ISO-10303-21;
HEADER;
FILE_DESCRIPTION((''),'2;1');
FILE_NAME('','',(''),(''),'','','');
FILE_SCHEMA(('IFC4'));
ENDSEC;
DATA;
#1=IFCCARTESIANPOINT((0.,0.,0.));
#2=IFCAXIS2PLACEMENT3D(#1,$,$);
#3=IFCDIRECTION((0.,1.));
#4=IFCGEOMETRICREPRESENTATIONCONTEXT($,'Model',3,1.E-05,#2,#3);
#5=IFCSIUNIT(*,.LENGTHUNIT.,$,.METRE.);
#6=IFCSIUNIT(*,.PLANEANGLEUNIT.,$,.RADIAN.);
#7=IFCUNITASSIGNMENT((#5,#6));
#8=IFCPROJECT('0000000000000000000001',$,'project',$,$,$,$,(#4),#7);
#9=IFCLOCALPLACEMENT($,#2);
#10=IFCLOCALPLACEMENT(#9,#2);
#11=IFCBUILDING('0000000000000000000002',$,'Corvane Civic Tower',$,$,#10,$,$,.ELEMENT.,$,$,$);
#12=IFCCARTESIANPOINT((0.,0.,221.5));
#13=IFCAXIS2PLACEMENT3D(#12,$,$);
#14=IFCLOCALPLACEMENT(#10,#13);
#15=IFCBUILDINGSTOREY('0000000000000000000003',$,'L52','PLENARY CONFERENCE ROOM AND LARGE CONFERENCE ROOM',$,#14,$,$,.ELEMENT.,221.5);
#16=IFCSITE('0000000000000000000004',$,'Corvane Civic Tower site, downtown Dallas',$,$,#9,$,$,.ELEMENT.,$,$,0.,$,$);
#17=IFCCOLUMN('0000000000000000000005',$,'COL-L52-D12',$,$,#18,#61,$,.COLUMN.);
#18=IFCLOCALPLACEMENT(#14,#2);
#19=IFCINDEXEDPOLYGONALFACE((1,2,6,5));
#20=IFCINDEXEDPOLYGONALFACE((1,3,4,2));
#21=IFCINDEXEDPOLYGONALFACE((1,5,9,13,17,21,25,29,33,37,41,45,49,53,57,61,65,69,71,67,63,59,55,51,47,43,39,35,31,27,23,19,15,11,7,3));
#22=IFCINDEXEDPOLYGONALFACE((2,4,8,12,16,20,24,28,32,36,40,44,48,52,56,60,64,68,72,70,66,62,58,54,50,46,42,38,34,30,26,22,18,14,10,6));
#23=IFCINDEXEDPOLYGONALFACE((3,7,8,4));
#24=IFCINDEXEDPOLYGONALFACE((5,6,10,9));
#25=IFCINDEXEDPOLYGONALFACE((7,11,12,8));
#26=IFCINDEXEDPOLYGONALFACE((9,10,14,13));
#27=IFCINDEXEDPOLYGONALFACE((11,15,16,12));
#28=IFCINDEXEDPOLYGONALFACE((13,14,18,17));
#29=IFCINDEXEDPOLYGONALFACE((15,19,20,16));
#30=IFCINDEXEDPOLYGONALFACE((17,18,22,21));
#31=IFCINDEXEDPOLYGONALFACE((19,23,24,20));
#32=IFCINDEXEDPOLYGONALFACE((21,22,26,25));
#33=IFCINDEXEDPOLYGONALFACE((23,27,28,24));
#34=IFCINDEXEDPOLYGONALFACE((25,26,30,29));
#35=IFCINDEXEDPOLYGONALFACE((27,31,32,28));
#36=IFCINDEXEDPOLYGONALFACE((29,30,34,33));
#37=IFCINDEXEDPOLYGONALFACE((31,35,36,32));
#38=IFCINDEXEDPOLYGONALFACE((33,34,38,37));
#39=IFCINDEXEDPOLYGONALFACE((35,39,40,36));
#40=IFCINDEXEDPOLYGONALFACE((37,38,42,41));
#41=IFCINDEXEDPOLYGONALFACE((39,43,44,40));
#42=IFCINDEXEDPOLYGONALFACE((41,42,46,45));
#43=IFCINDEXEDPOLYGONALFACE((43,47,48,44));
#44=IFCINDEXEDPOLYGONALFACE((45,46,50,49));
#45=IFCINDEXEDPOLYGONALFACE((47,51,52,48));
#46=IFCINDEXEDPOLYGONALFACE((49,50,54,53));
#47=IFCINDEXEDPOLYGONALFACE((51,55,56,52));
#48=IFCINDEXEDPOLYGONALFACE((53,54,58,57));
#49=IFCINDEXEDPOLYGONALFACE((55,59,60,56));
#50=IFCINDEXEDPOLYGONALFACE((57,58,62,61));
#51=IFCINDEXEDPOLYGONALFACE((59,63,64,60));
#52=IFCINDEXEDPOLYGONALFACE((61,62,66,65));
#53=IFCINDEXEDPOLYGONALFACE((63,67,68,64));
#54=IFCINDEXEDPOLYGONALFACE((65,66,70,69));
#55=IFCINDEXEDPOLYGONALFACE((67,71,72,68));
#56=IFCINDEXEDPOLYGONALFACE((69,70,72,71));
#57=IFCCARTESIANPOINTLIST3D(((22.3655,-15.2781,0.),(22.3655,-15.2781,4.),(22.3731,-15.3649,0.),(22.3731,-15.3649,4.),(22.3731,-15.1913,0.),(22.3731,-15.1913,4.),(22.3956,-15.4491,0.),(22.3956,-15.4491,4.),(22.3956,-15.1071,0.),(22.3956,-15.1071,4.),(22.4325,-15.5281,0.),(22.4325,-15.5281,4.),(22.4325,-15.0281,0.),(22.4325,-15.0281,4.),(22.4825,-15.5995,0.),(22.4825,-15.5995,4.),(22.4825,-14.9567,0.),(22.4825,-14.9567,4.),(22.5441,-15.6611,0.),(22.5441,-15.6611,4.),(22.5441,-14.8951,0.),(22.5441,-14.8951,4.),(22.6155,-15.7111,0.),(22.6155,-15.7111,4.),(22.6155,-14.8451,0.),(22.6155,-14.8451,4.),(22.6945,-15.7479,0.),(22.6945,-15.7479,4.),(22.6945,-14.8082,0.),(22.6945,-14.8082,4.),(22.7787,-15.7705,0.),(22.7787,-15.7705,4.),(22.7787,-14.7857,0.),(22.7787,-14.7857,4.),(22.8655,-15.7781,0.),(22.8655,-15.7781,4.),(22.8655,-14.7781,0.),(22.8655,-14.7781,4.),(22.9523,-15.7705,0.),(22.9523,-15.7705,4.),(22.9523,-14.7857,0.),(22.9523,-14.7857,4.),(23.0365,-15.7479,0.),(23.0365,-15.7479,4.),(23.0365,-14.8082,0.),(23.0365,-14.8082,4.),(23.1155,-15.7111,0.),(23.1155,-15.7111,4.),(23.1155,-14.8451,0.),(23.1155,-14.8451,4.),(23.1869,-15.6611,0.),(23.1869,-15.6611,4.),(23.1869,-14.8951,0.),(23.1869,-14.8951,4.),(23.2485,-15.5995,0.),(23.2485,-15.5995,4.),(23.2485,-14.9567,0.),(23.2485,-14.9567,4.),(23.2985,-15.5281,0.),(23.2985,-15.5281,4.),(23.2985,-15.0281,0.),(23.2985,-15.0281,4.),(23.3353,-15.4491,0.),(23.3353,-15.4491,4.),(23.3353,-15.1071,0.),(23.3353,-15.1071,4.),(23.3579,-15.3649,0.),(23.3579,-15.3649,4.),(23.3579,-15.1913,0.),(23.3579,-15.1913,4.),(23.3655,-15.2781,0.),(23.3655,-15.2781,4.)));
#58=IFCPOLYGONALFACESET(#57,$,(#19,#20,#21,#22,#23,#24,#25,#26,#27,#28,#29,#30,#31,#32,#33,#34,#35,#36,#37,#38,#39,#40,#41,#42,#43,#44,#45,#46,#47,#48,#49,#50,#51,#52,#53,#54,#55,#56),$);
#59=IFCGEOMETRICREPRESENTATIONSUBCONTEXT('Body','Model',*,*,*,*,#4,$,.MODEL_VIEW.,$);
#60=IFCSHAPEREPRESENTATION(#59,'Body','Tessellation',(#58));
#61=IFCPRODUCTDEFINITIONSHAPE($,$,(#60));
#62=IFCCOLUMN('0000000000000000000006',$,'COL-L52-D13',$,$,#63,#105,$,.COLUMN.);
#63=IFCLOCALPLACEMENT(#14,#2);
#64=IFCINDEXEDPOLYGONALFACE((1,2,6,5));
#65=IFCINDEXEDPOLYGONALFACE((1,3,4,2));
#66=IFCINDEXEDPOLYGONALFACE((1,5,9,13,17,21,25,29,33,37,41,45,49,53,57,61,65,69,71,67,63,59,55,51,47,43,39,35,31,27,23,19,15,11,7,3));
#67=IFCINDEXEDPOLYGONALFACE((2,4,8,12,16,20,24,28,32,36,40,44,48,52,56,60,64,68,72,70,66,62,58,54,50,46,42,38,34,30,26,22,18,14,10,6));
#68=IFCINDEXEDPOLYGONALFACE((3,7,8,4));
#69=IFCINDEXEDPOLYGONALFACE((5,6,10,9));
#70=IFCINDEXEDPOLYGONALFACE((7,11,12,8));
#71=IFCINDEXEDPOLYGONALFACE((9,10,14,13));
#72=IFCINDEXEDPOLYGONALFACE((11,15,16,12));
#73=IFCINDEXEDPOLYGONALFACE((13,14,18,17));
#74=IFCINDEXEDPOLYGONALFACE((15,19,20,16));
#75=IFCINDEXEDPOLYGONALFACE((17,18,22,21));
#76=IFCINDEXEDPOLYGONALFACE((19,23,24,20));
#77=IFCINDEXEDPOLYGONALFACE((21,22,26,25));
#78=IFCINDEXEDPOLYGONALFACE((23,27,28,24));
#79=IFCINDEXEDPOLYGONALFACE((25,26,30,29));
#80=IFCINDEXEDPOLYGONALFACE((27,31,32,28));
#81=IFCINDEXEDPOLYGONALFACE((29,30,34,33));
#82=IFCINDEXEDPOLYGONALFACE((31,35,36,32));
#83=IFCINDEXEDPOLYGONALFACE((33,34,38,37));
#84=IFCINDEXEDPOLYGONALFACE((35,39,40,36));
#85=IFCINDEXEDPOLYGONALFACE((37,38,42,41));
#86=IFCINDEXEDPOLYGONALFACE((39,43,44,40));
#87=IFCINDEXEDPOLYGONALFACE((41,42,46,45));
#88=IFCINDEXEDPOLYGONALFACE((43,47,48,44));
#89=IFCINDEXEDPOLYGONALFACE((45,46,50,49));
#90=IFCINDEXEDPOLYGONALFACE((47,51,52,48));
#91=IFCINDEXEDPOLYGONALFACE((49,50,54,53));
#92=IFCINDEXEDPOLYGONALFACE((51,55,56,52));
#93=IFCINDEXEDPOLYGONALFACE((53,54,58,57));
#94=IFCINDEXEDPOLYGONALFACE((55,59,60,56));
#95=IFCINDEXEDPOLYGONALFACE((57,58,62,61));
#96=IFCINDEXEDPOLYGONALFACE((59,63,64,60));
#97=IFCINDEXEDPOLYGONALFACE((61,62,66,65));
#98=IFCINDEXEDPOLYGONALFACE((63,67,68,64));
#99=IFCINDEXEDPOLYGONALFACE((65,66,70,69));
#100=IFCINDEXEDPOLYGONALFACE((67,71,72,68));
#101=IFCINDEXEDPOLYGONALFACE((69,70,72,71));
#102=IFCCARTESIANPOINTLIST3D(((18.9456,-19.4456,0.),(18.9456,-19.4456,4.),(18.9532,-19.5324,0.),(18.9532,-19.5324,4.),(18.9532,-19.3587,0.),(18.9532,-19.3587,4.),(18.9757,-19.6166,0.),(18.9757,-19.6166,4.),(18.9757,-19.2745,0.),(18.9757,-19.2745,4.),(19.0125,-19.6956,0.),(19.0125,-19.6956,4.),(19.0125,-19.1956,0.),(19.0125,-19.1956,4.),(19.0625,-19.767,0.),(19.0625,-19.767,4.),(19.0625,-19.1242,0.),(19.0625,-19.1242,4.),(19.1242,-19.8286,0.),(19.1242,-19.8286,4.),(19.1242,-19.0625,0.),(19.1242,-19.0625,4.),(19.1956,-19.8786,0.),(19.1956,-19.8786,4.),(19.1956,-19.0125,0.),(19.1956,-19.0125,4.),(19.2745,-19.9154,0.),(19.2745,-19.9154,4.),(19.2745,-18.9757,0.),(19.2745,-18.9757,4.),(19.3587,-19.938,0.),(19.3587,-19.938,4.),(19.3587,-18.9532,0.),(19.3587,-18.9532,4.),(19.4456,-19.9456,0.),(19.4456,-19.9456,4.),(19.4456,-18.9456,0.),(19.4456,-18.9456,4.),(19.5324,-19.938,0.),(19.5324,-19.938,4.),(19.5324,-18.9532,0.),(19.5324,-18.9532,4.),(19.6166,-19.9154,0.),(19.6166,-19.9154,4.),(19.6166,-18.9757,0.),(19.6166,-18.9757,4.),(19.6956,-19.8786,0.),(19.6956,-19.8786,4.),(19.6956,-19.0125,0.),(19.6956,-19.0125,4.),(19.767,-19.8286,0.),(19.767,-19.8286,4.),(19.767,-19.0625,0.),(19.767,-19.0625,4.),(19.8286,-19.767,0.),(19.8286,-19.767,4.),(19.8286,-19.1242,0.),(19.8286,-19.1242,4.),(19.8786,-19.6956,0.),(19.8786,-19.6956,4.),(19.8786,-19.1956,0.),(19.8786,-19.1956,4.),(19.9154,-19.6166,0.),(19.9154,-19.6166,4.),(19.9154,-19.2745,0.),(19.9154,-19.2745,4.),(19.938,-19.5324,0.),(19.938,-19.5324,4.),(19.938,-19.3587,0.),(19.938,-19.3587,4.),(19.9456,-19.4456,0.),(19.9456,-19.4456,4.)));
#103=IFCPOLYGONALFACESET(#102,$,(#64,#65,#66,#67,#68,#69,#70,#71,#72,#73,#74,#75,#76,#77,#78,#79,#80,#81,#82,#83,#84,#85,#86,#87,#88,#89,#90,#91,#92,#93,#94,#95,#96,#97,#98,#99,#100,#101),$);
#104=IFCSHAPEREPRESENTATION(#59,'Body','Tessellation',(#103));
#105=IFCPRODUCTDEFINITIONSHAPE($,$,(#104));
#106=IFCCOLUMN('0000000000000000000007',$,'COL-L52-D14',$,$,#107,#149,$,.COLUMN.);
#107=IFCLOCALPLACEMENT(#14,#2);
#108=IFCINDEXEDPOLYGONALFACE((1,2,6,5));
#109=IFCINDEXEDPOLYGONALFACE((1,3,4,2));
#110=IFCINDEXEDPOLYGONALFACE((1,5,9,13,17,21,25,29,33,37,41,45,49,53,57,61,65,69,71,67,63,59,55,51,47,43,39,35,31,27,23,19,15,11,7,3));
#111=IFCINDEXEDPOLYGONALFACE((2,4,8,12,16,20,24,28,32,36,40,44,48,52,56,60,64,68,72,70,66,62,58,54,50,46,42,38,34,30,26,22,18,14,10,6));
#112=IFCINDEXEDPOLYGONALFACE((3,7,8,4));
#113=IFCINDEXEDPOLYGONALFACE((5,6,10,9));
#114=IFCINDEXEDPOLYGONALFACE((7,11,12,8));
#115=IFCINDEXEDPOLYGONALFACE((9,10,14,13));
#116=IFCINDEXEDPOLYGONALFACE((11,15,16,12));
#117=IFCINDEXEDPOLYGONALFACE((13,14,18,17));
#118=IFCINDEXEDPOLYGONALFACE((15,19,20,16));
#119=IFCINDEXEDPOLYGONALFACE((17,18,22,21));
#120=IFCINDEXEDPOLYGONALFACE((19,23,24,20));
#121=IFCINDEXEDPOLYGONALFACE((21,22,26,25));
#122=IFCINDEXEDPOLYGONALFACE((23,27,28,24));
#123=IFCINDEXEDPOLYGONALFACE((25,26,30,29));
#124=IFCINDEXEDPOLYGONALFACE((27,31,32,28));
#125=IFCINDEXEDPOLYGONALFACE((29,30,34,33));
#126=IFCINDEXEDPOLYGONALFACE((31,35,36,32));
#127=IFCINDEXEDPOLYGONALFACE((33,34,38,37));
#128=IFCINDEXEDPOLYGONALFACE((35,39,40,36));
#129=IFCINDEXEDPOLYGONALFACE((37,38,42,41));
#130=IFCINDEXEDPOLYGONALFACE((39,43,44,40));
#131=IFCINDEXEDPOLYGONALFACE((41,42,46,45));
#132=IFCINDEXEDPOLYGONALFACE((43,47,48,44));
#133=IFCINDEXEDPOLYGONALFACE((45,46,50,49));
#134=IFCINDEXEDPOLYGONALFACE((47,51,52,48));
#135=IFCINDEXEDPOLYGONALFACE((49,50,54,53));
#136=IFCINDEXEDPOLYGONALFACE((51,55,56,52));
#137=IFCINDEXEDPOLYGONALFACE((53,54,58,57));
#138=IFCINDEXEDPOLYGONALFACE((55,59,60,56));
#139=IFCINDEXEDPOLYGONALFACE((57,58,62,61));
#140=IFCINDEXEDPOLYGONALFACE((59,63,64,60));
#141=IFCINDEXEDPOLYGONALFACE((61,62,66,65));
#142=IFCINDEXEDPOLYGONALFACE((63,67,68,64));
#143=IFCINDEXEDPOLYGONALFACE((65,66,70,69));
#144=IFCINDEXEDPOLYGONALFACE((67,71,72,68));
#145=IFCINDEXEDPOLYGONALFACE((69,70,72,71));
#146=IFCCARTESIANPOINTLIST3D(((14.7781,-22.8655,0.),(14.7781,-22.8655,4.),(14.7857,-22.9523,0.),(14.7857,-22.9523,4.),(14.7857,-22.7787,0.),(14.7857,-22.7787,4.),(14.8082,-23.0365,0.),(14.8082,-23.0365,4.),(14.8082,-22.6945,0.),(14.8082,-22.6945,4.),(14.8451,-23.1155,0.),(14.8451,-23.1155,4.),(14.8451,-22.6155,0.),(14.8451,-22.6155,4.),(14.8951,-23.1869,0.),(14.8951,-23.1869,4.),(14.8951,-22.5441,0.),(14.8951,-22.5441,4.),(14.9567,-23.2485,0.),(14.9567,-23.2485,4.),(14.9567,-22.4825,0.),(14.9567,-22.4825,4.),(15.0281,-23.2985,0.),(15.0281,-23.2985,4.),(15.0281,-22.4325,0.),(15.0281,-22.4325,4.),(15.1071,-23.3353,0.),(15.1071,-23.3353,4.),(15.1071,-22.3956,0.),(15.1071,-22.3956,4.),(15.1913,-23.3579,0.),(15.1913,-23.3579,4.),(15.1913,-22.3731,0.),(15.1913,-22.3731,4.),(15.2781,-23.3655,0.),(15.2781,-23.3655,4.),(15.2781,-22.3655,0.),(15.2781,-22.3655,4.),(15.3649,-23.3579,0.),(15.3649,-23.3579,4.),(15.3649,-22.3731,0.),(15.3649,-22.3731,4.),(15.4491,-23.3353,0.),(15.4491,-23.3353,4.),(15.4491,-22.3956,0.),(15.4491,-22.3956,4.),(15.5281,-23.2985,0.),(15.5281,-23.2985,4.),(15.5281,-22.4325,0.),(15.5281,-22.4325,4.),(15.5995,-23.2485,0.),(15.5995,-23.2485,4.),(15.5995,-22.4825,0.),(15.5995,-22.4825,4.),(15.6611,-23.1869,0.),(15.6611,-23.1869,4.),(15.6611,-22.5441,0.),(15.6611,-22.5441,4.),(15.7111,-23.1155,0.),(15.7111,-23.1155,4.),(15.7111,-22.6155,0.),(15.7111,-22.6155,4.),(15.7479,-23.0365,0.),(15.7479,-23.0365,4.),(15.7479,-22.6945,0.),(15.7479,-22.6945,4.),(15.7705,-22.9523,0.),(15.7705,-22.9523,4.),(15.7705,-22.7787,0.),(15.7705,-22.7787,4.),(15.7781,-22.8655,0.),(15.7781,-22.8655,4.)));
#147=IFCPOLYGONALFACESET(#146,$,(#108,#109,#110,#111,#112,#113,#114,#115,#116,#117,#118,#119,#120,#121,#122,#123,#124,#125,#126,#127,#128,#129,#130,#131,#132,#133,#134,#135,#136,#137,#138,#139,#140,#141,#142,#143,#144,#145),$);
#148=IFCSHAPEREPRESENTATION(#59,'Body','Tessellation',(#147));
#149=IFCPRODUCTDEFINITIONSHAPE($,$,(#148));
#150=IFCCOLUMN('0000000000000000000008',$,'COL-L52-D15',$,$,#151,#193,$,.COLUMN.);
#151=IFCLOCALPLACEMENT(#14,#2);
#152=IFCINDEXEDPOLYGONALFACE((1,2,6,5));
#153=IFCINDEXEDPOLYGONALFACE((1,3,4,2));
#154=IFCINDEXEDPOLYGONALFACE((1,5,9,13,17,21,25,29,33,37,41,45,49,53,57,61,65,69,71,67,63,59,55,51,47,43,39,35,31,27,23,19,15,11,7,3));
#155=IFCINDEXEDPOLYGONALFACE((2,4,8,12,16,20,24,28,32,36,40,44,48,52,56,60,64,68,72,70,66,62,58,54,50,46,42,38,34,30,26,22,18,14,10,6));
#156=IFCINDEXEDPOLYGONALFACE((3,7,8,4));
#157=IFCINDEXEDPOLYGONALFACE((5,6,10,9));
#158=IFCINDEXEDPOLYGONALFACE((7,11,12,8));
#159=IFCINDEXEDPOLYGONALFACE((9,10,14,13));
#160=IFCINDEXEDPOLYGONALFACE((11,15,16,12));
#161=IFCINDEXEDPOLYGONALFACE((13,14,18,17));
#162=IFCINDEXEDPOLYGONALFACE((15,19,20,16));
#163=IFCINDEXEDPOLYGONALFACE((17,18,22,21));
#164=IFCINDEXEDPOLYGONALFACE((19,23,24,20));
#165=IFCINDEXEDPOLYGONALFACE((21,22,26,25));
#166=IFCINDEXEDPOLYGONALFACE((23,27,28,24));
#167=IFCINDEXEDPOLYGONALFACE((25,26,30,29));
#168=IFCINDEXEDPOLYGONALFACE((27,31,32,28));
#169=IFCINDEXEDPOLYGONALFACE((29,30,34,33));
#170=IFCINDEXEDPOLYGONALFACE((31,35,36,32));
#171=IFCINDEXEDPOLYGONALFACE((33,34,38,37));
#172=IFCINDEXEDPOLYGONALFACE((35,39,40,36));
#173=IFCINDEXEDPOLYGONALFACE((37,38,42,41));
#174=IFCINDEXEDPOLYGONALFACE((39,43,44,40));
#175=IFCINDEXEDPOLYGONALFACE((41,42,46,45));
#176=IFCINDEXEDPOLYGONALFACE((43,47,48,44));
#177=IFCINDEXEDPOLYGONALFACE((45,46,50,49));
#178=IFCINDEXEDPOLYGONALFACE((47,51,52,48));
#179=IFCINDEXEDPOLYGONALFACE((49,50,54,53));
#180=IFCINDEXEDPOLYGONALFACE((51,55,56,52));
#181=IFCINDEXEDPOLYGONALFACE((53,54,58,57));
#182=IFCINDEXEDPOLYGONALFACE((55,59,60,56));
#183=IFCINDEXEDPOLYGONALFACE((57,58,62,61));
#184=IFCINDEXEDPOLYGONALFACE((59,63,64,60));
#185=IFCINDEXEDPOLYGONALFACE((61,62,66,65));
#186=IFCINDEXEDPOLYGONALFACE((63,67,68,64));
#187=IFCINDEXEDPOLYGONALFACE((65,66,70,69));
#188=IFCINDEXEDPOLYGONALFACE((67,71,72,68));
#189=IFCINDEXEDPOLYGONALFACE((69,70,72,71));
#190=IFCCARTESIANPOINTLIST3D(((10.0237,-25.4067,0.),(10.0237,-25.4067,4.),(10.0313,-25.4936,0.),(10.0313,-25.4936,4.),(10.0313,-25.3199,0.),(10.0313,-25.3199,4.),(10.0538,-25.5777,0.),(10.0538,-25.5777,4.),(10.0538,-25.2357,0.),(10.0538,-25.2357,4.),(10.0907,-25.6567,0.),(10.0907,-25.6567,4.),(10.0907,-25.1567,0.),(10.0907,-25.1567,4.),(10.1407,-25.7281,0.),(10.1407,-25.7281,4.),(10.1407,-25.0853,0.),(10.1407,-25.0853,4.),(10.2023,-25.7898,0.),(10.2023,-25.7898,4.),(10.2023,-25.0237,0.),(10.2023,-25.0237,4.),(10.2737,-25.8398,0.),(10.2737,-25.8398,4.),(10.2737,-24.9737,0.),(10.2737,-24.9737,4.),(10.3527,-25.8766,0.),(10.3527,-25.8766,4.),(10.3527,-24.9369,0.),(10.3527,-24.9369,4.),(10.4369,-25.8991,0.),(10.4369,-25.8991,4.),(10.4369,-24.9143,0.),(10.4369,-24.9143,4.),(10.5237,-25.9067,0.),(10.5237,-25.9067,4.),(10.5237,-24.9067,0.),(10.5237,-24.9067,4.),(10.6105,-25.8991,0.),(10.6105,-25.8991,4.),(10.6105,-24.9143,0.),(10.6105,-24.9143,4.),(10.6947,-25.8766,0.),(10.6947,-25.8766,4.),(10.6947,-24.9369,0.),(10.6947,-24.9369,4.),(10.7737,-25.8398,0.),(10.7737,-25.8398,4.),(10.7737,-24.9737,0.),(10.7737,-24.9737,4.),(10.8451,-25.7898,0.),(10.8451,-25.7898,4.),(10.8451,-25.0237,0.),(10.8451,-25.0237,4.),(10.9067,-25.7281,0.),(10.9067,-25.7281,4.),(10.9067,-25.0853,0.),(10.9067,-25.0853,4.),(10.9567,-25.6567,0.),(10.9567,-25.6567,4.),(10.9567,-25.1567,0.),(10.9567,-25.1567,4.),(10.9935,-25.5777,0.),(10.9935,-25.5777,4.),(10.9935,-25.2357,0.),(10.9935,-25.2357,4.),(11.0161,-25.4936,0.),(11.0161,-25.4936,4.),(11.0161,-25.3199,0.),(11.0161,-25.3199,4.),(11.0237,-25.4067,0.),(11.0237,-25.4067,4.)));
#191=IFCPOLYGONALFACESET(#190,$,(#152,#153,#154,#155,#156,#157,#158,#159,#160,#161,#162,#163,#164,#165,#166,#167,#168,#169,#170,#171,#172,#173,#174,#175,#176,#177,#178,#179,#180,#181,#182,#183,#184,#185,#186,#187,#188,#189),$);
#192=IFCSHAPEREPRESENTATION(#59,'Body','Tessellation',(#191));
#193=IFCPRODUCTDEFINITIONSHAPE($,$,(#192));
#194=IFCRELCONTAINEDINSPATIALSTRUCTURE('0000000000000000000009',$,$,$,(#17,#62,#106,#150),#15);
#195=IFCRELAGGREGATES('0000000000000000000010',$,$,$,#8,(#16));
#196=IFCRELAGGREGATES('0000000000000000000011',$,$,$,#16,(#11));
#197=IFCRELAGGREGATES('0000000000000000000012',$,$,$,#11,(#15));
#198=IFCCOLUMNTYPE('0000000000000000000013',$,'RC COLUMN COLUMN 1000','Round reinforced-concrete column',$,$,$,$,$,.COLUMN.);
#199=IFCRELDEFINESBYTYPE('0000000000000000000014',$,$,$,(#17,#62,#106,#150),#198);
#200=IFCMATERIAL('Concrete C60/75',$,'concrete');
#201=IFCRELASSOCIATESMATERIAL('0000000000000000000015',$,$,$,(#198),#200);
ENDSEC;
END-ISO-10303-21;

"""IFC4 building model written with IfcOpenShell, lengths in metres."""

from ifc_helpers import new_model, si_unit, direction, frame, origin, origin_2d, place, context, subcontext, project, spatial, circle, extrude, material, material_profile, profile_set, type_object, element, save


model = new_model("IFC4")

# Units and contexts
model_context = context("Model", 3, precision=1e-05, world=origin(), true_north=direction((0.0, 1.0)))
body_context = subcontext(model_context, "Body", "Model", "MODEL_VIEW")
ifc_project = project(units=[si_unit("LENGTHUNIT", "METRE"), si_unit("PLANEANGLEUNIT", "RADIAN")], contexts=[model_context])

# Site, building, storey
site_placement = place(None, origin())
site = spatial("IfcSite", under=ifc_project, at=site_placement, Name="Corvane Civic Tower site, downtown Dallas", CompositionType="ELEMENT", RefElevation=0.0)
building_placement = place(site_placement, origin())
building = spatial("IfcBuilding", under=site, at=building_placement, Name="Corvane Civic Tower", CompositionType="ELEMENT")
storey_placement = place(building_placement, frame((0.0, 0.0, 221.5)))
storey = spatial("IfcBuildingStorey", under=building, at=storey_placement, Name="L52", Description="PLENARY CONFERENCE ROOM AND LARGE CONFERENCE ROOM", CompositionType="ELEMENT", Elevation=221.5)

# Columns
ifc_material_1 = material(Name="Concrete C60/75", Category="concrete")
ifc_material_profile_1 = material_profile(ifc_material_1, circle(Radius=0.5, at=origin_2d()), Name="COLUMN 1000")
ifc_profile_set_1 = profile_set([ifc_material_profile_1], Name="Concrete C60/75")
column_type = type_object("IfcColumnType", Name="RC COLUMN COLUMN 1000", Description="Round reinforced-concrete column", PredefinedType="COLUMN", material=ifc_profile_set_1)
for number, where, z_axis, x_axis, name in (
    (1, (22.8655, -15.2781, 0.0), (0.0, 0.0, 1.0), (1.0, 0.0, 0.0), "COL-L52-D12"),
    (2, (19.4456, -19.4456, 0.0), (0.0, 0.0, 1.0), (1.0, 0.0, 0.0), "COL-L52-D13"),
    (3, (15.2781, -22.8655, 0.0), (0.0, 0.0, 1.0), (1.0, 0.0, 0.0), "COL-L52-D14"),
    (4, (10.5237, -25.4067, 0.0), (0.0, 0.0, 1.0), (1.0, 0.0, 0.0), "COL-L52-D15"),
):
    element("IfcColumn", number, at=place(storey_placement, frame(where, z_axis=z_axis, x_axis=x_axis)), inside=storey, type_object=column_type, Name=name, PredefinedType="COLUMN", context=body_context, shape_type="SweptSolid", body=[
        extrude(circle(Radius=0.5, at=origin_2d()), origin(), (0.0, 0.0, 1.0), 4.0),
    ])

save(model, "model.ifc")
